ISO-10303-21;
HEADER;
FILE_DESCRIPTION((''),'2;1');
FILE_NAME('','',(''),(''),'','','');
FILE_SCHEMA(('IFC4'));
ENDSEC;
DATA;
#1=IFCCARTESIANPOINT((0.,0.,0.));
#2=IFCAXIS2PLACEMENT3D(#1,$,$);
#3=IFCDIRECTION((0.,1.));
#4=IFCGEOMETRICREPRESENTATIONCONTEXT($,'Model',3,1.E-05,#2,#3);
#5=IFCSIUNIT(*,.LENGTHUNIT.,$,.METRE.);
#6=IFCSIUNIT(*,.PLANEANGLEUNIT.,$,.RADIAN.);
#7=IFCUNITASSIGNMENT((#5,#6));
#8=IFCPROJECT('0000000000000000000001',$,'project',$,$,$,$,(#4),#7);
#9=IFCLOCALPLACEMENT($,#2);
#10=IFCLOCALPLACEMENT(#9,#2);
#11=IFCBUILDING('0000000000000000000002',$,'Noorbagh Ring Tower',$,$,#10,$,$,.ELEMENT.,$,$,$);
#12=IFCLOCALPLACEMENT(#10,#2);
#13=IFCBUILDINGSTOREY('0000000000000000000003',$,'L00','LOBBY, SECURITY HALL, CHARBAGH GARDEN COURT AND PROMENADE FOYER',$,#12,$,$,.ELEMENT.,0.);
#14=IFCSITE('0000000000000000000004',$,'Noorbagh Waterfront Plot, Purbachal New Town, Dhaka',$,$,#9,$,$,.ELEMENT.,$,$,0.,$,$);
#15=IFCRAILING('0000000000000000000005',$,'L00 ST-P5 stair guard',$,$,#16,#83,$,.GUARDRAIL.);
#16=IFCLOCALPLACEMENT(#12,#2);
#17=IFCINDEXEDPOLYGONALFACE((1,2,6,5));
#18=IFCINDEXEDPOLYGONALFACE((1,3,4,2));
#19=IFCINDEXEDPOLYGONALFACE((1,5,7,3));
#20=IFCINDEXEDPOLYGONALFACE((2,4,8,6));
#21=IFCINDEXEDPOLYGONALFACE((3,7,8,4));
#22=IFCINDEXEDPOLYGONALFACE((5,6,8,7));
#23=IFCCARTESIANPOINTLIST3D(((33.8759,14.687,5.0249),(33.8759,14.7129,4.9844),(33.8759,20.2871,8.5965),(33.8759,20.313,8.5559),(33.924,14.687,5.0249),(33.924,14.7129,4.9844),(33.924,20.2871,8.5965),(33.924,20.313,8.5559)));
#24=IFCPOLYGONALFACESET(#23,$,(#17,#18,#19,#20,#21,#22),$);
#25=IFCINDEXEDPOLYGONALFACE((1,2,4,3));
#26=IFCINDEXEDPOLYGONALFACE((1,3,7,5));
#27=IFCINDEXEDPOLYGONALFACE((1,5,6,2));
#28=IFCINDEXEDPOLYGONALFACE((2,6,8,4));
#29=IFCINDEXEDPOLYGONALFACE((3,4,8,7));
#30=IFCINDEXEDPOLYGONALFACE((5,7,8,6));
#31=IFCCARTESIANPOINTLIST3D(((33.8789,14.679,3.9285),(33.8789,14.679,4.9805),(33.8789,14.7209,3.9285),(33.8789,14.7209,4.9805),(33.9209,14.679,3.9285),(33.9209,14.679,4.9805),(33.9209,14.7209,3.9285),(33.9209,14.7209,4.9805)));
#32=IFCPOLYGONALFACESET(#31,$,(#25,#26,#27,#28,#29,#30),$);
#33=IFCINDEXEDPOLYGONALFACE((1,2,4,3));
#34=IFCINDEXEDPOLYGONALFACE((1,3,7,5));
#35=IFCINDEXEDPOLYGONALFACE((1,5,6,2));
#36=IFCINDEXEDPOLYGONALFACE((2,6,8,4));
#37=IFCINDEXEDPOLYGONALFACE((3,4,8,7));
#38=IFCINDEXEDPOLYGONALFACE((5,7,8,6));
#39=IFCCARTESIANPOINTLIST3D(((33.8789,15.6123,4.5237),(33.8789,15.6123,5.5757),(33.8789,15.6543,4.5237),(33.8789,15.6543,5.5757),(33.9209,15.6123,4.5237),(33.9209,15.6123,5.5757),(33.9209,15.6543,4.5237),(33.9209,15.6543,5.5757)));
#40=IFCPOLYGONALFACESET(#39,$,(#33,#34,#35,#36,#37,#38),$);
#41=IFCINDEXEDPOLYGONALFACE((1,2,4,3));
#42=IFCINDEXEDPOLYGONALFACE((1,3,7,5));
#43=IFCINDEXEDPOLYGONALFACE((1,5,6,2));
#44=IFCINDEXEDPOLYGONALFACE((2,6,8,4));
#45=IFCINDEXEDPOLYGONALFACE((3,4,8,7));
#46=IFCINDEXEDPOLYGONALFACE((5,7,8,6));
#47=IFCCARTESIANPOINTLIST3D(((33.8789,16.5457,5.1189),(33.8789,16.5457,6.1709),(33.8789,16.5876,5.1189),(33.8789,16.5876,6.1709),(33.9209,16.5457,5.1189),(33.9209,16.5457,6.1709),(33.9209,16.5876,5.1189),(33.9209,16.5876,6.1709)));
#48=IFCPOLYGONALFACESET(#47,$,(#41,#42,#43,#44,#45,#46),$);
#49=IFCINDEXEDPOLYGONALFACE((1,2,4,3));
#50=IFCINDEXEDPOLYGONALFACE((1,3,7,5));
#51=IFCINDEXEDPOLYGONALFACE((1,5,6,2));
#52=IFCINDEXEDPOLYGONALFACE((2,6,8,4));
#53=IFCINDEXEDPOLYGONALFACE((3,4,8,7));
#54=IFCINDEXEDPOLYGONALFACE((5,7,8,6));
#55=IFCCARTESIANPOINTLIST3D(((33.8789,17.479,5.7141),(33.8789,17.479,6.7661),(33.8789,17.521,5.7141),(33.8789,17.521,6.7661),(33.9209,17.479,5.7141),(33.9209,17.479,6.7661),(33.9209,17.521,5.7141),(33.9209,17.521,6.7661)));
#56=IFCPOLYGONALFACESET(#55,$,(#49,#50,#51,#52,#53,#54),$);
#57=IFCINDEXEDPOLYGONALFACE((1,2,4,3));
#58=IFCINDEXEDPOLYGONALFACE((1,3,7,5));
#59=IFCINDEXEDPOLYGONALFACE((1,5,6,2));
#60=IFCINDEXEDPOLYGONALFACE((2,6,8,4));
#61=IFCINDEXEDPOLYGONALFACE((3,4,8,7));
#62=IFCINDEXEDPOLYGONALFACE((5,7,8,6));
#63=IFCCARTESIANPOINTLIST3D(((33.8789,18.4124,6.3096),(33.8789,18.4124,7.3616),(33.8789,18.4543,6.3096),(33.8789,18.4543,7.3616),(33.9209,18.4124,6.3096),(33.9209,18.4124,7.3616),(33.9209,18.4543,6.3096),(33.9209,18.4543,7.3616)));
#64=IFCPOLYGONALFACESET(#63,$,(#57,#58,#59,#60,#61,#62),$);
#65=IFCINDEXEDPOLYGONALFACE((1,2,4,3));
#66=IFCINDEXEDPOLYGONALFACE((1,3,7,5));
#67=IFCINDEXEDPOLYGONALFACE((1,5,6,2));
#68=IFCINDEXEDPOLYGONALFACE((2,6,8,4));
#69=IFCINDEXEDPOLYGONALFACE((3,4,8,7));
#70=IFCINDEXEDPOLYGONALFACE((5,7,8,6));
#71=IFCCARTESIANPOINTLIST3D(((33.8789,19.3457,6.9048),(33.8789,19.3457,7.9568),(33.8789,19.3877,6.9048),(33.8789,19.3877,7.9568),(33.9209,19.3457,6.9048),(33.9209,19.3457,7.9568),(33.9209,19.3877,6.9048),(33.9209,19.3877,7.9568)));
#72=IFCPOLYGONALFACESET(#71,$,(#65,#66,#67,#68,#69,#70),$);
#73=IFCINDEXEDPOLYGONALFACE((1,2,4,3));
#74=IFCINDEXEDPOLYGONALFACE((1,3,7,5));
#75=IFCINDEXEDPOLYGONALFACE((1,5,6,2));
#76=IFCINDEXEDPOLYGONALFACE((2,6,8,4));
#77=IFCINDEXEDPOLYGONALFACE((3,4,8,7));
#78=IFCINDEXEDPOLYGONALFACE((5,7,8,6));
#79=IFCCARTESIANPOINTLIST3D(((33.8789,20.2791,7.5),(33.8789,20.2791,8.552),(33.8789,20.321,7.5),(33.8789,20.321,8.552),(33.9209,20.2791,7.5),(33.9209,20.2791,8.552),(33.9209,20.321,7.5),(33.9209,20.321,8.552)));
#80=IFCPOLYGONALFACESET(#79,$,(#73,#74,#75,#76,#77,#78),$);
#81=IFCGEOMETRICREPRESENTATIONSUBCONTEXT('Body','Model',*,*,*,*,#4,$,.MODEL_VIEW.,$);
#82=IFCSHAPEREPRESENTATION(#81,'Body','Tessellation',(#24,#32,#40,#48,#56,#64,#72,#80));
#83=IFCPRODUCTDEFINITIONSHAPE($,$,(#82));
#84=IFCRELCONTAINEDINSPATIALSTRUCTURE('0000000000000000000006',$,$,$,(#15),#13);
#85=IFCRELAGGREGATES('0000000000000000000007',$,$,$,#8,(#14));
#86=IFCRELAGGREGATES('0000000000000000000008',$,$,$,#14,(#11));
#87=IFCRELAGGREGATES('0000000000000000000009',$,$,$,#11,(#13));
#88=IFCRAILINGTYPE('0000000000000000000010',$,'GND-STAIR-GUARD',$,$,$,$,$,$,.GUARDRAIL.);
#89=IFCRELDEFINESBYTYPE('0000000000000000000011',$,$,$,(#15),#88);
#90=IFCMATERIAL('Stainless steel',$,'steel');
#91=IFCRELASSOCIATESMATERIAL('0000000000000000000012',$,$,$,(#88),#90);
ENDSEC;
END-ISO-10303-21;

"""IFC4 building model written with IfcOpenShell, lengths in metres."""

from ifc_helpers import new_model, si_unit, direction, frame, origin, origin_2d, place, context, subcontext, project, spatial, rectangle, extrude, material, type_object, element, save


model = new_model("IFC4")

# Units and contexts
model_context = context("Model", 3, precision=1e-05, world=origin(), true_north=direction((0.0, 1.0)))
body_context = subcontext(model_context, "Body", "Model", "MODEL_VIEW")
ifc_project = project(units=[si_unit("LENGTHUNIT", "METRE"), si_unit("PLANEANGLEUNIT", "RADIAN")], contexts=[model_context])

# Site, building, storey
site_placement = place(None, origin())
site = spatial("IfcSite", under=ifc_project, at=site_placement, Name="Noorbagh Waterfront Plot, Purbachal New Town, Dhaka", CompositionType="ELEMENT", RefElevation=0.0)
building_placement = place(site_placement, origin())
building = spatial("IfcBuilding", under=site, at=building_placement, Name="Noorbagh Ring Tower", CompositionType="ELEMENT")
storey_placement = place(building_placement, origin())
storey = spatial("IfcBuildingStorey", under=building, at=storey_placement, Name="L00", Description="LOBBY, SECURITY HALL, CHARBAGH GARDEN COURT AND PROMENADE FOYER", CompositionType="ELEMENT", Elevation=0.0)

# Railing
ifc_material_1 = material(Name="Stainless steel", Category="steel")
railing_type_1 = type_object("IfcRailingType", Name="GND-STAIR-GUARD", PredefinedType="GUARDRAIL", material=ifc_material_1)
railing_1_placement = place(storey_placement, frame((33.8999, 14.7, 3.9285)))
element("IfcRailing", 1, at=railing_1_placement, inside=storey, type_object=railing_type_1, Name="L00 ST-P5 stair guard", PredefinedType="GUARDRAIL", context=body_context, shape_type="SweptSolid", body=[
    extrude(rectangle(XDim=0.0481, YDim=0.0481, at=origin_2d()), frame((0.0, 0.0, 1.0762), z_axis=(0.0, 0.843127, 0.537715), x_axis=(-1.0, 0.0, 0.0)), (0.0, 0.0, 1.0), 6.6421),
    extrude(rectangle(XDim=0.042, YDim=0.042, at=origin_2d()), origin(), (0.0, 0.0, 1.0), 1.052),
    extrude(rectangle(XDim=0.042, YDim=0.042, at=origin_2d()), frame((0.0, 0.9333, 0.5952)), (0.0, 0.0, 1.0), 1.052),
    extrude(rectangle(XDim=0.042, YDim=0.042, at=origin_2d()), frame((0.0, 1.8667, 1.1904)), (0.0, 0.0, 1.0), 1.052),
    extrude(rectangle(XDim=0.042, YDim=0.042, at=origin_2d()), frame((0.0, 2.8, 1.7856)), (0.0, 0.0, 1.0), 1.052),
    extrude(rectangle(XDim=0.042, YDim=0.042, at=origin_2d()), frame((0.0, 3.7334, 2.3811)), (0.0, 0.0, 1.0), 1.052),
    extrude(rectangle(XDim=0.042, YDim=0.042, at=origin_2d()), frame((0.0, 4.6667, 2.9763)), (0.0, 0.0, 1.0), 1.052),
    extrude(rectangle(XDim=0.042, YDim=0.042, at=origin_2d()), frame((0.0, 5.6001, 3.5715)), (0.0, 0.0, 1.0), 1.052),
])

save(model, "model.ifc")
